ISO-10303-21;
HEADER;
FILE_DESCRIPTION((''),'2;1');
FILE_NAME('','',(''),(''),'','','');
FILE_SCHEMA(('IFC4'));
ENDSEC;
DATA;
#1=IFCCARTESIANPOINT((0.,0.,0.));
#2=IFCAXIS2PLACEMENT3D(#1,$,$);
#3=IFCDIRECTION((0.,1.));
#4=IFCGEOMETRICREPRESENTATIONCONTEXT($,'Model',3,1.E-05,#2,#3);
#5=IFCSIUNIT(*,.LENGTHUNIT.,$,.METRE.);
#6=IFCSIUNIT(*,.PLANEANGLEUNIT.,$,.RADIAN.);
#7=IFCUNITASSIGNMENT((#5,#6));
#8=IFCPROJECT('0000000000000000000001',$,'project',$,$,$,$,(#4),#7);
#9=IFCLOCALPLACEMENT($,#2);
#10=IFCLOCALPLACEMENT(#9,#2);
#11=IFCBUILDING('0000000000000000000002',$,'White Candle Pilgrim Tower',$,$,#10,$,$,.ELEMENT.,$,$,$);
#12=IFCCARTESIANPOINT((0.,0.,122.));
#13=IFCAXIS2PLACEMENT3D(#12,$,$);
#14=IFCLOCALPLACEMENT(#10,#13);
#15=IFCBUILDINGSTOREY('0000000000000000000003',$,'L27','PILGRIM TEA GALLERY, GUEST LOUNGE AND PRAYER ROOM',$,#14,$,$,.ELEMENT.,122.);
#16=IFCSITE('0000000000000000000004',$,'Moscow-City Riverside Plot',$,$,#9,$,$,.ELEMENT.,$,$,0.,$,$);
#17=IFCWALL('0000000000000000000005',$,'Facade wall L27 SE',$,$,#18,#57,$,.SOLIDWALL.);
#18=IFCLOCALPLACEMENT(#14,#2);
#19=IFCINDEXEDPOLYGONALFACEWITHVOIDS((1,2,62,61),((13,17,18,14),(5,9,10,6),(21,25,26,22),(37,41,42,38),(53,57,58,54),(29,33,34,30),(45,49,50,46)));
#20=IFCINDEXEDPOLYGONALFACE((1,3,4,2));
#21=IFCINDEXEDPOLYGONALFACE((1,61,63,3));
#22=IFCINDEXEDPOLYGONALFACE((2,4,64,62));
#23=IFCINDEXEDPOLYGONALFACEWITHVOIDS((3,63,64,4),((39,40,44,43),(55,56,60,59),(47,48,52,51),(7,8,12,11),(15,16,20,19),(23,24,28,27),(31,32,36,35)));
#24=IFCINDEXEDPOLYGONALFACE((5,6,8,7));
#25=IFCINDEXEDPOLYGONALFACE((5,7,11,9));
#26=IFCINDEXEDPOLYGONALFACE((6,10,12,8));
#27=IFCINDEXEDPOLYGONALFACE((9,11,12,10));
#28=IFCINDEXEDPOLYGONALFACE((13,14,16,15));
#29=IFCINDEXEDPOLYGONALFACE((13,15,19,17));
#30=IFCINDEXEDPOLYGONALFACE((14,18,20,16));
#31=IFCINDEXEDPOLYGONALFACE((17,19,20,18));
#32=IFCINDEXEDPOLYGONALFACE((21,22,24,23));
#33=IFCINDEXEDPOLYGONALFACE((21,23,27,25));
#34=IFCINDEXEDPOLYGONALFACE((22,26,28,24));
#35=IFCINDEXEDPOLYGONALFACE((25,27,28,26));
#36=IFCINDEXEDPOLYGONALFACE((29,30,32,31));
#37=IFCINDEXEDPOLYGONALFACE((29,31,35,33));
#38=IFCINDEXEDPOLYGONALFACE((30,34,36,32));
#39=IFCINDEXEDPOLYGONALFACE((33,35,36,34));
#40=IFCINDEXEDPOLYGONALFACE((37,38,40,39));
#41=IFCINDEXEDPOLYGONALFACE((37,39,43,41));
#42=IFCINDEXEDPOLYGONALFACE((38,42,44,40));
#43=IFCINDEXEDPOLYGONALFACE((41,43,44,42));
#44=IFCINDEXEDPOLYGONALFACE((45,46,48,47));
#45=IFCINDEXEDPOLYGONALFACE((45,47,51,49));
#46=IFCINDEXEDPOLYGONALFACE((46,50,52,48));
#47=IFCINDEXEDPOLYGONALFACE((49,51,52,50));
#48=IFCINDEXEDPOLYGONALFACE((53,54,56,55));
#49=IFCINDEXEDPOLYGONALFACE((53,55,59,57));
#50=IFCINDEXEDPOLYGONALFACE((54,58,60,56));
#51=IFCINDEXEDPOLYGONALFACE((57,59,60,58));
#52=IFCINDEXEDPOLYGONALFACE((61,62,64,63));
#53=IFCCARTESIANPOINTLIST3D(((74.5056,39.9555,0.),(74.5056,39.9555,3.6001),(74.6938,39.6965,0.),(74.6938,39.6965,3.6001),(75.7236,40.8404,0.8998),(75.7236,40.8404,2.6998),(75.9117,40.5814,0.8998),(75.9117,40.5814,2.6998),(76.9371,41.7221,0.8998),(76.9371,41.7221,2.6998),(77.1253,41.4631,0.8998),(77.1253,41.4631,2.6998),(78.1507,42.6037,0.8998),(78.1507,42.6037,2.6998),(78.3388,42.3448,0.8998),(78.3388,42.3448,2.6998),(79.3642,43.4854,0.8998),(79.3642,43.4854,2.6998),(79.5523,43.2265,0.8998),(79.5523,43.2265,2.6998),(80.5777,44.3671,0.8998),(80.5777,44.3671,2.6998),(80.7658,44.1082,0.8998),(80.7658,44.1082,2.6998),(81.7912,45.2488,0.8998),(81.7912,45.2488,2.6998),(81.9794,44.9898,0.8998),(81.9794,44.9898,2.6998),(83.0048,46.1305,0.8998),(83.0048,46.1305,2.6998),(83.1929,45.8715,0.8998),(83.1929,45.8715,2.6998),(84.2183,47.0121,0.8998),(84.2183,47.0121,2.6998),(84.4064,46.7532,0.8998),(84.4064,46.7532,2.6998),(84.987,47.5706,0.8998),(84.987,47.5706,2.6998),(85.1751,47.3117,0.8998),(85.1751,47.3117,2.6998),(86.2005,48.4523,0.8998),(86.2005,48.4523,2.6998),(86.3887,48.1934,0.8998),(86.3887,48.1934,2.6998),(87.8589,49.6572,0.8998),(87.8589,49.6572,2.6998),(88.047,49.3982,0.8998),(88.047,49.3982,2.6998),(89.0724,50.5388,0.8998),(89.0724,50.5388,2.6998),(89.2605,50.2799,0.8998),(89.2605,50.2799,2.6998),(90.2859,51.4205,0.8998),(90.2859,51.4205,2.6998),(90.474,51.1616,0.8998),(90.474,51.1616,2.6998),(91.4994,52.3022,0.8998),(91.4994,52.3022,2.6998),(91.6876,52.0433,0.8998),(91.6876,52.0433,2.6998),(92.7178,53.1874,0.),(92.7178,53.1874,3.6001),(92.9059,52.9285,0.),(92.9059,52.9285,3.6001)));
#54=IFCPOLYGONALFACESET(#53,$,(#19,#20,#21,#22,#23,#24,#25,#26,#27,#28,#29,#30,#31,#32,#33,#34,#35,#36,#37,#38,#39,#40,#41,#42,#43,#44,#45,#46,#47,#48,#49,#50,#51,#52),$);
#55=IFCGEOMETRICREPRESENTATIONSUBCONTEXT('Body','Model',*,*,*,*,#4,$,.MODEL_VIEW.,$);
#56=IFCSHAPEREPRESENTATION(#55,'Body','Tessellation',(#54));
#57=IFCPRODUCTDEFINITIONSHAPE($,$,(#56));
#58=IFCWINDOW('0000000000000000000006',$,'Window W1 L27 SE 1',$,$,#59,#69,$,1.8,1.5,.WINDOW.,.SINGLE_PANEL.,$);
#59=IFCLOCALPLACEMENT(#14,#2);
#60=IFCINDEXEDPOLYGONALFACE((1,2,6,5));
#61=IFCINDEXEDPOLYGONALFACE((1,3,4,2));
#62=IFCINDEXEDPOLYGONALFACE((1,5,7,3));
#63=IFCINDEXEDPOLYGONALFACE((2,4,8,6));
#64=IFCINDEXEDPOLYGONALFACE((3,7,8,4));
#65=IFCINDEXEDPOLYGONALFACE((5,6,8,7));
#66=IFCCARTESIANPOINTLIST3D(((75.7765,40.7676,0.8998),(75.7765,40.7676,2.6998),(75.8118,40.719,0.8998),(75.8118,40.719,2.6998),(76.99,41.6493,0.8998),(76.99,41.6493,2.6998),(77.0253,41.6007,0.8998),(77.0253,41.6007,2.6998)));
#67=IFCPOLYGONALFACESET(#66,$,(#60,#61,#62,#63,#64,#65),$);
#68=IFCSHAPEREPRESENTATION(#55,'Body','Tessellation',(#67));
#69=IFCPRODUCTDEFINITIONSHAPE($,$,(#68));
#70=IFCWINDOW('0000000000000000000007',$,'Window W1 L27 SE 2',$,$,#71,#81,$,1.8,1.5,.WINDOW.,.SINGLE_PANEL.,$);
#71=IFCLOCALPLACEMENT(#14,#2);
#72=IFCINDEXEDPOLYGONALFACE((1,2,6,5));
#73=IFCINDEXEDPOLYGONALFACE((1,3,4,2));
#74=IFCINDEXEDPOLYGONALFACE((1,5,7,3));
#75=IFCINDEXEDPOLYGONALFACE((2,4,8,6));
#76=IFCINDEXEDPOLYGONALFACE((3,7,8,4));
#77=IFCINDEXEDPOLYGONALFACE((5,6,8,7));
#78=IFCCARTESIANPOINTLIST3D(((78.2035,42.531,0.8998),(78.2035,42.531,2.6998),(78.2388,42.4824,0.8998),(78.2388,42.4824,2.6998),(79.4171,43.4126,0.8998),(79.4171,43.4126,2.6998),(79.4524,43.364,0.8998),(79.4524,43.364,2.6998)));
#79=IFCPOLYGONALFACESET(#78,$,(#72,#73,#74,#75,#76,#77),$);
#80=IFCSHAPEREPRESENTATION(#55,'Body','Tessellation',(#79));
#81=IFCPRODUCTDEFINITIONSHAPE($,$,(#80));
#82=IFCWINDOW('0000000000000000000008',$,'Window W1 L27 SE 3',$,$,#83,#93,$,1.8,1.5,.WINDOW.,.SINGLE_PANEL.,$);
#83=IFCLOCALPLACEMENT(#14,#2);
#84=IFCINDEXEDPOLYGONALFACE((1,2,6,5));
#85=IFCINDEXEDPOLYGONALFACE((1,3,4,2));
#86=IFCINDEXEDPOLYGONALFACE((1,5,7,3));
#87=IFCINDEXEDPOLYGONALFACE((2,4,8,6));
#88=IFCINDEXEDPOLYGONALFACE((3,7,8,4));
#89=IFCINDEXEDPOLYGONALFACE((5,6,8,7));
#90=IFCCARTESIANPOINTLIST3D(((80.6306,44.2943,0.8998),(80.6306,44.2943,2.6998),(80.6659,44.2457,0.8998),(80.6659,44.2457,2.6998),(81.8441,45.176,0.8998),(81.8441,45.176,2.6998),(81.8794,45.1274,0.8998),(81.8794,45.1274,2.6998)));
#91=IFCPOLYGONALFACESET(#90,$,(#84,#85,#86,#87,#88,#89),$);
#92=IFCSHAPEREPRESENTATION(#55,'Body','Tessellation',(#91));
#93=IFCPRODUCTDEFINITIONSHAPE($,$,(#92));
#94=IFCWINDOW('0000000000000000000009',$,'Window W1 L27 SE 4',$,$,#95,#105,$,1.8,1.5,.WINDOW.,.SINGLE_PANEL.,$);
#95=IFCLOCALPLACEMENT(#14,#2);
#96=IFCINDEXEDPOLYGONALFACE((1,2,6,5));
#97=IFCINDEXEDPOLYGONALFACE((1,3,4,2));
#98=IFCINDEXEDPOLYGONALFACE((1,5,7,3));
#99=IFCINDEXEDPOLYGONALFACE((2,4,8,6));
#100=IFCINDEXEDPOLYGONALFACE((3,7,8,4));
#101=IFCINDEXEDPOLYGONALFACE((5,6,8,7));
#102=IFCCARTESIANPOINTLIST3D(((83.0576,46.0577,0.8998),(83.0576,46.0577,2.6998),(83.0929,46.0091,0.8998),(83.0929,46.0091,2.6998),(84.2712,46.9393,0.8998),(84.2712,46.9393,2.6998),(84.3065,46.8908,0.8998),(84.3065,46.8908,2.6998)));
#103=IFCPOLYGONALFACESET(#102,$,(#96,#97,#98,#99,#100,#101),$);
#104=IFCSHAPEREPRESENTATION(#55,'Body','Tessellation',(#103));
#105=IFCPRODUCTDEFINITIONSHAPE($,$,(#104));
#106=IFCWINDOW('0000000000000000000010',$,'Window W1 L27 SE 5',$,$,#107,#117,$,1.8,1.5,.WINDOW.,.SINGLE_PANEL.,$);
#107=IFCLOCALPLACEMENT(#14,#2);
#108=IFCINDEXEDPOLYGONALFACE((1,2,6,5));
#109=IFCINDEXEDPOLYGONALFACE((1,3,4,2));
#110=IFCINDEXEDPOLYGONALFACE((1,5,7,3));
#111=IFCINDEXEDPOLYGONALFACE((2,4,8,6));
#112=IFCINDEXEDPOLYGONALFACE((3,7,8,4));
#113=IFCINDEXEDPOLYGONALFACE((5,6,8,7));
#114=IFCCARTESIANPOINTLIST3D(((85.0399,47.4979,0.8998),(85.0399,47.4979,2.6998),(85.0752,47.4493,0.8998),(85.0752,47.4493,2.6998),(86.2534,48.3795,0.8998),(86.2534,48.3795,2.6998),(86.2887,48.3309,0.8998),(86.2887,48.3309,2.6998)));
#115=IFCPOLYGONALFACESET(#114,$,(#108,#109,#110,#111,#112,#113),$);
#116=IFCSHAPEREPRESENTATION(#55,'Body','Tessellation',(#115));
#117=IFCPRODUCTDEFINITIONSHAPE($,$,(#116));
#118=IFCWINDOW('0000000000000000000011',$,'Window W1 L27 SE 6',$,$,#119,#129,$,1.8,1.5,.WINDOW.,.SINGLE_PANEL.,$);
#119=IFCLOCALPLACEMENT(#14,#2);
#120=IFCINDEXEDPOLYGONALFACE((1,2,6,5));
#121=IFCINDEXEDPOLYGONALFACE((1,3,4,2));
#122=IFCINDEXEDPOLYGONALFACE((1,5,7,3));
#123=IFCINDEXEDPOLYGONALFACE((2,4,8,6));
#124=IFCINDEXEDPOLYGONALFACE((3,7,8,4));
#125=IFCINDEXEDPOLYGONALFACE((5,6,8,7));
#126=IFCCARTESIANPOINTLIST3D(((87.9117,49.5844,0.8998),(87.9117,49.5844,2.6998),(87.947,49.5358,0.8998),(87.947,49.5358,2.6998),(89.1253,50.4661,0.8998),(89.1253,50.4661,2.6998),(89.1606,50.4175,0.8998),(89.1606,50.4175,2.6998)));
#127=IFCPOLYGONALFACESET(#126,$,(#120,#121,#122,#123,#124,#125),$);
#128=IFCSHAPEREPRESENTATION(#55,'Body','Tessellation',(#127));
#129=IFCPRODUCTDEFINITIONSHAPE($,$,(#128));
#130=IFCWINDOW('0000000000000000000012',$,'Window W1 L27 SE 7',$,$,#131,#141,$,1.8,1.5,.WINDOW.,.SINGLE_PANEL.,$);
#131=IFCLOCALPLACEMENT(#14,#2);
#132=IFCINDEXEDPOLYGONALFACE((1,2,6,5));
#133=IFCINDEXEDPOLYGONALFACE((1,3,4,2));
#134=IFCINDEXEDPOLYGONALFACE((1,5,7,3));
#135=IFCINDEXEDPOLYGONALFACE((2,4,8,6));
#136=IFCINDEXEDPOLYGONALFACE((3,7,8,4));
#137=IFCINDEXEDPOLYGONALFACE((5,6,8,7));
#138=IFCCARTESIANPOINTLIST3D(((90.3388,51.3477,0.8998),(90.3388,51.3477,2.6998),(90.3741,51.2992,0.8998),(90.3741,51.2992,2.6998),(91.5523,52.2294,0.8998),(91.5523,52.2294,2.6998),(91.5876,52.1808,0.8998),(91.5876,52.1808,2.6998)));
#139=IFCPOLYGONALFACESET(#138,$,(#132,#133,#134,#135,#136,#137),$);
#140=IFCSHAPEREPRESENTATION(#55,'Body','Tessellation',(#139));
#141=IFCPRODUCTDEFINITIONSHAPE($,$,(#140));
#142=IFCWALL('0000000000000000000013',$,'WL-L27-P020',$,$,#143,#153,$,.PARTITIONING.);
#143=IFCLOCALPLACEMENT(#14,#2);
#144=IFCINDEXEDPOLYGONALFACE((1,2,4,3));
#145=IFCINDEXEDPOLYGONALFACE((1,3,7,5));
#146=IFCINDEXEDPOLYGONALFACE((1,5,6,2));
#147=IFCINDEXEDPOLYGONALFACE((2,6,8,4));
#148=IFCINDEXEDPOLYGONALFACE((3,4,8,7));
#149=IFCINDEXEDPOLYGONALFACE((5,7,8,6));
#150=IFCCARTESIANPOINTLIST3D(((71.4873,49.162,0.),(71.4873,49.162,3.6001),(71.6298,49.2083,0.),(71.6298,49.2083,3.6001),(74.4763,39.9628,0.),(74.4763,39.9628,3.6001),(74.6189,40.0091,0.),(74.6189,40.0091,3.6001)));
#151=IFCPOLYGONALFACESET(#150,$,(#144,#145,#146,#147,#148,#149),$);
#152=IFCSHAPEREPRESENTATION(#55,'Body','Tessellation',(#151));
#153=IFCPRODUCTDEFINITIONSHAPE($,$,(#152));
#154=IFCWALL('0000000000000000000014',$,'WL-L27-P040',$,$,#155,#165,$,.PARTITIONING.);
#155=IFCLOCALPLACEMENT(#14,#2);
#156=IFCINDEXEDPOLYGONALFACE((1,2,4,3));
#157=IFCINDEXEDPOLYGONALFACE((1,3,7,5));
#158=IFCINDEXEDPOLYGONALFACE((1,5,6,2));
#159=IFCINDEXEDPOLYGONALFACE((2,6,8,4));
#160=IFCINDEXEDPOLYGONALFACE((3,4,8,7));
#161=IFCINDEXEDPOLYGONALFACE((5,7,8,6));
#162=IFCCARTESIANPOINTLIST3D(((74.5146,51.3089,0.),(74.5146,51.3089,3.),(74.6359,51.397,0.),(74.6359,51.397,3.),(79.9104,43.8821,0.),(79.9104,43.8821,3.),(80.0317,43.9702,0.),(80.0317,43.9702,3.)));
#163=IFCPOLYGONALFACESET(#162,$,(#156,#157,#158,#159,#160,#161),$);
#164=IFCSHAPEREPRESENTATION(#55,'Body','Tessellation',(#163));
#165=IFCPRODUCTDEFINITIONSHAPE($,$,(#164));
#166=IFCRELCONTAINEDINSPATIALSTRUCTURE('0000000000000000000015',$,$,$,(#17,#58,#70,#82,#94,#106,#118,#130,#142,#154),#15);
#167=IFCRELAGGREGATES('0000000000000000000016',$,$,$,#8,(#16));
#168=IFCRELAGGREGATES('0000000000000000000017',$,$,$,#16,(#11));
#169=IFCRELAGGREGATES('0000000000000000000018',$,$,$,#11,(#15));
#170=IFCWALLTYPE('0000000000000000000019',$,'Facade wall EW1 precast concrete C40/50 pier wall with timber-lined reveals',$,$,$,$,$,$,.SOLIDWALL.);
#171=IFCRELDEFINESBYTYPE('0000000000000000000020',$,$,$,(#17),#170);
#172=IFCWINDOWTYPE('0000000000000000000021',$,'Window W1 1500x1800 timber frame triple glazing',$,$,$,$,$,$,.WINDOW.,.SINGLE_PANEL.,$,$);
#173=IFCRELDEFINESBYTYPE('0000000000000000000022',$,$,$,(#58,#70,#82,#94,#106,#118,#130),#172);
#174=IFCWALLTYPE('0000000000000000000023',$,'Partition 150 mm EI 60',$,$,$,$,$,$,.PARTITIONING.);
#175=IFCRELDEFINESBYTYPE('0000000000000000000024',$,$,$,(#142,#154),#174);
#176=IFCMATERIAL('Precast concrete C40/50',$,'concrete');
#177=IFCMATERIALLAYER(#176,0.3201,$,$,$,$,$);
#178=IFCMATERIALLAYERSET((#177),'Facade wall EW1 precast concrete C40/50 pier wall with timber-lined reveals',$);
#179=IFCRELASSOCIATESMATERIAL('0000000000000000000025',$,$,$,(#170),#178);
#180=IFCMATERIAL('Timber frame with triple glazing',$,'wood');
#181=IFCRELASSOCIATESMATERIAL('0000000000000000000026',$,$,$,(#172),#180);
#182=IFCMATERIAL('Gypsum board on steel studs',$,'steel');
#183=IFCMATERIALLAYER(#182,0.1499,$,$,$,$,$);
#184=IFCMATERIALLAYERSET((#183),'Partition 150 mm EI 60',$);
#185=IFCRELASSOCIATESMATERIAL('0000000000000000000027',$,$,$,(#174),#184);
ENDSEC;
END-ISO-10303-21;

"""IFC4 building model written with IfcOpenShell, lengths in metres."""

from ifc_helpers import new_model, si_unit, direction, frame, frame_2d, origin, place, context, subcontext, project, spatial, rectangle, extrude, material, layer, layer_set, type_object, element, fill, save


model = new_model("IFC4")

# Units and contexts
model_context = context("Model", 3, precision=1e-05, world=origin(), true_north=direction((0.0, 1.0)))
body_context = subcontext(model_context, "Body", "Model", "MODEL_VIEW")
ifc_project = project(units=[si_unit("LENGTHUNIT", "METRE"), si_unit("PLANEANGLEUNIT", "RADIAN")], contexts=[model_context])

# Site, building, storey
site_placement = place(None, origin())
site = spatial("IfcSite", under=ifc_project, at=site_placement, Name="Moscow-City Riverside Plot", CompositionType="ELEMENT", RefElevation=0.0)
building_placement = place(site_placement, origin())
building = spatial("IfcBuilding", under=site, at=building_placement, Name="White Candle Pilgrim Tower", CompositionType="ELEMENT")
storey_placement = place(building_placement, frame((0.0, 0.0, 122.0)))
storey = spatial("IfcBuildingStorey", under=building, at=storey_placement, Name="L27", Description="PILGRIM TEA GALLERY, GUEST LOUNGE AND PRAYER ROOM", CompositionType="ELEMENT", Elevation=122.0)

# Shared definitions
ifc_material_1 = material(Name="Gypsum board on steel studs", Category="steel")

# Wall, openings, windows
ifc_material_2 = material(Name="Precast concrete C40/50", Category="concrete")
ifc_layer_1 = layer(ifc_material_2, 0.3201)
ifc_layer_set_1 = layer_set([ifc_layer_1], Name="Facade wall EW1 precast concrete C40/50 pier wall with timber-lined reveals")
wall_type_1 = type_object("IfcWallType", Name="Facade wall EW1 precast concrete C40/50 pier wall with timber-lined reveals", PredefinedType="SOLIDWALL", material=ifc_layer_set_1)
wall_1_placement = place(storey_placement, frame((74.5996, 39.8259, 0.0), z_axis=(0.0, 0.0, 1.0), x_axis=(0.809016, 0.587786, 0.0)))
wall_1 = element("IfcWall", 1, at=wall_1_placement, inside=storey, type_object=wall_type_1, Name="Facade wall L27 SE", PredefinedType="SOLIDWALL", context=body_context, shape_type="SweptSolid", body=[
    extrude(rectangle(XDim=22.5115, YDim=0.3201, at=frame_2d((11.2559, 0.0))), origin(), (0.0, 0.0, 1.0), 3.6001),
])
opening_1_placement = place(wall_1_placement, frame((1.5056, 0.0, 0.8999)))
opening_1 = element("IfcOpeningElement", 2, at=opening_1_placement, cuts=wall_1, PredefinedType="OPENING", context=body_context, shape_type="SweptSolid", body=[
    extrude(rectangle(XDim=1.5, YDim=1.8, at=frame_2d((0.75, 0.8999))), frame((0.0, 0.1699, 0.0), z_axis=(0.0, -1.0, 0.0), x_axis=(1.0, 0.0, 0.0)), (0.0, 0.0, 1.0), 0.3401),
])
opening_2_placement = place(wall_1_placement, frame((4.5056, 0.0, 0.8999)))
opening_2 = element("IfcOpeningElement", 3, at=opening_2_placement, cuts=wall_1, PredefinedType="OPENING", context=body_context, shape_type="SweptSolid", body=[
    extrude(rectangle(XDim=1.5, YDim=1.8, at=frame_2d((0.75, 0.8999))), frame((0.0, 0.1699, 0.0), z_axis=(0.0, -1.0, 0.0), x_axis=(1.0, 0.0, 0.0)), (0.0, 0.0, 1.0), 0.3401),
])
opening_3_placement = place(wall_1_placement, frame((7.5056, 0.0, 0.8999)))
opening_3 = element("IfcOpeningElement", 4, at=opening_3_placement, cuts=wall_1, PredefinedType="OPENING", context=body_context, shape_type="SweptSolid", body=[
    extrude(rectangle(XDim=1.5, YDim=1.8, at=frame_2d((0.75, 0.8999))), frame((0.0, 0.1699, 0.0), z_axis=(0.0, -1.0, 0.0), x_axis=(1.0, 0.0, 0.0)), (0.0, 0.0, 1.0), 0.3401),
])
opening_4_placement = place(wall_1_placement, frame((10.5056, 0.0, 0.8999)))
opening_4 = element("IfcOpeningElement", 5, at=opening_4_placement, cuts=wall_1, PredefinedType="OPENING", context=body_context, shape_type="SweptSolid", body=[
    extrude(rectangle(XDim=1.5, YDim=1.8, at=frame_2d((0.75, 0.8999))), frame((0.0, 0.1699, 0.0), z_axis=(0.0, -1.0, 0.0), x_axis=(1.0, 0.0, 0.0)), (0.0, 0.0, 1.0), 0.3401),
])
opening_5_placement = place(wall_1_placement, frame((12.9558, 0.0, 0.8999)))
opening_5 = element("IfcOpeningElement", 6, at=opening_5_placement, cuts=wall_1, PredefinedType="OPENING", context=body_context, shape_type="SweptSolid", body=[
    extrude(rectangle(XDim=1.5, YDim=1.8, at=frame_2d((0.75, 0.8999))), frame((0.0, 0.1699, 0.0), z_axis=(0.0, -1.0, 0.0), x_axis=(1.0, 0.0, 0.0)), (0.0, 0.0, 1.0), 0.3401),
])
opening_6_placement = place(wall_1_placement, frame((16.5056, 0.0, 0.8999)))
opening_6 = element("IfcOpeningElement", 7, at=opening_6_placement, cuts=wall_1, PredefinedType="OPENING", context=body_context, shape_type="SweptSolid", body=[
    extrude(rectangle(XDim=1.5, YDim=1.8, at=frame_2d((0.75, 0.8999))), frame((0.0, 0.1699, 0.0), z_axis=(0.0, -1.0, 0.0), x_axis=(1.0, 0.0, 0.0)), (0.0, 0.0, 1.0), 0.3401),
])
opening_7_placement = place(wall_1_placement, frame((19.5056, 0.0, 0.8999)))
opening_7 = element("IfcOpeningElement", 8, at=opening_7_placement, cuts=wall_1, PredefinedType="OPENING", context=body_context, shape_type="SweptSolid", body=[
    extrude(rectangle(XDim=1.5, YDim=1.8, at=frame_2d((0.75, 0.8999))), frame((0.0, 0.1699, 0.0), z_axis=(0.0, -1.0, 0.0), x_axis=(1.0, 0.0, 0.0)), (0.0, 0.0, 1.0), 0.3401),
])
ifc_material_3 = material(Name="Timber frame with triple glazing", Category="wood")
window_type = type_object("IfcWindowType", Name="Window W1 1500x1800 timber frame triple glazing", PartitioningType="SINGLE_PANEL", PredefinedType="WINDOW", material=ifc_material_3)
window_1_placement = place(opening_1_placement, origin())
window_1 = element("IfcWindow", 9, at=window_1_placement, inside=storey, type_object=window_type, Name="Window W1 L27 SE 1", OverallHeight=1.8, OverallWidth=1.5, PartitioningType="SINGLE_PANEL", PredefinedType="WINDOW", context=body_context, shape_type="SweptSolid", body=[
    extrude(rectangle(XDim=1.5, YDim=1.8, at=frame_2d((0.75, 0.8999))), frame((0.0, 0.0701, 0.0), z_axis=(0.0, -1.0, 0.0), x_axis=(1.0, 0.0, 0.0)), (0.0, 0.0, 1.0), 0.0601),
])
fill(opening_1, window_1)
window_2_placement = place(opening_2_placement, origin())
window_2 = element("IfcWindow", 10, at=window_2_placement, inside=storey, type_object=window_type, Name="Window W1 L27 SE 2", OverallHeight=1.8, OverallWidth=1.5, PartitioningType="SINGLE_PANEL", PredefinedType="WINDOW", context=body_context, shape_type="SweptSolid", body=[
    extrude(rectangle(XDim=1.5, YDim=1.8, at=frame_2d((0.75, 0.8999))), frame((0.0, 0.0701, 0.0), z_axis=(0.0, -1.0, 0.0), x_axis=(1.0, 0.0, 0.0)), (0.0, 0.0, 1.0), 0.0601),
])
fill(opening_2, window_2)
window_3_placement = place(opening_3_placement, origin())
window_3 = element("IfcWindow", 11, at=window_3_placement, inside=storey, type_object=window_type, Name="Window W1 L27 SE 3", OverallHeight=1.8, OverallWidth=1.5, PartitioningType="SINGLE_PANEL", PredefinedType="WINDOW", context=body_context, shape_type="SweptSolid", body=[
    extrude(rectangle(XDim=1.5, YDim=1.8, at=frame_2d((0.75, 0.8999))), frame((0.0, 0.0701, 0.0), z_axis=(0.0, -1.0, 0.0), x_axis=(1.0, 0.0, 0.0)), (0.0, 0.0, 1.0), 0.0601),
])
fill(opening_3, window_3)
window_4_placement = place(opening_4_placement, origin())
window_4 = element("IfcWindow", 12, at=window_4_placement, inside=storey, type_object=window_type, Name="Window W1 L27 SE 4", OverallHeight=1.8, OverallWidth=1.5, PartitioningType="SINGLE_PANEL", PredefinedType="WINDOW", context=body_context, shape_type="SweptSolid", body=[
    extrude(rectangle(XDim=1.5, YDim=1.8, at=frame_2d((0.75, 0.8999))), frame((0.0, 0.0701, 0.0), z_axis=(0.0, -1.0, 0.0), x_axis=(1.0, 0.0, 0.0)), (0.0, 0.0, 1.0), 0.0601),
])
fill(opening_4, window_4)
window_5_placement = place(opening_5_placement, origin())
window_5 = element("IfcWindow", 13, at=window_5_placement, inside=storey, type_object=window_type, Name="Window W1 L27 SE 5", OverallHeight=1.8, OverallWidth=1.5, PartitioningType="SINGLE_PANEL", PredefinedType="WINDOW", context=body_context, shape_type="SweptSolid", body=[
    extrude(rectangle(XDim=1.5, YDim=1.8, at=frame_2d((0.75, 0.8999))), frame((0.0, 0.0701, 0.0), z_axis=(0.0, -1.0, 0.0), x_axis=(1.0, 0.0, 0.0)), (0.0, 0.0, 1.0), 0.0601),
])
fill(opening_5, window_5)
window_6_placement = place(opening_6_placement, origin())
window_6 = element("IfcWindow", 14, at=window_6_placement, inside=storey, type_object=window_type, Name="Window W1 L27 SE 6", OverallHeight=1.8, OverallWidth=1.5, PartitioningType="SINGLE_PANEL", PredefinedType="WINDOW", context=body_context, shape_type="SweptSolid", body=[
    extrude(rectangle(XDim=1.5, YDim=1.8, at=frame_2d((0.75, 0.8999))), frame((0.0, 0.0701, 0.0), z_axis=(0.0, -1.0, 0.0), x_axis=(1.0, 0.0, 0.0)), (0.0, 0.0, 1.0), 0.0601),
])
fill(opening_6, window_6)
window_7_placement = place(opening_7_placement, origin())
window_7 = element("IfcWindow", 15, at=window_7_placement, inside=storey, type_object=window_type, Name="Window W1 L27 SE 7", OverallHeight=1.8, OverallWidth=1.5, PartitioningType="SINGLE_PANEL", PredefinedType="WINDOW", context=body_context, shape_type="SweptSolid", body=[
    extrude(rectangle(XDim=1.5, YDim=1.8, at=frame_2d((0.75, 0.8999))), frame((0.0, 0.0701, 0.0), z_axis=(0.0, -1.0, 0.0), x_axis=(1.0, 0.0, 0.0)), (0.0, 0.0, 1.0), 0.0601),
])
fill(opening_7, window_7)

# Walls
ifc_layer_2 = layer(ifc_material_1, 0.1499)
ifc_layer_set_2 = layer_set([ifc_layer_2], Name="Partition 150 mm EI 60")
wall_type_2 = type_object("IfcWallType", Name="Partition 150 mm EI 60", PredefinedType="PARTITIONING", material=ifc_layer_set_2)
wall_2_placement = place(storey_placement, frame((74.5476, 39.9858, 0.0), z_axis=(0.0, 0.0, 1.0), x_axis=(-0.309018, 0.951056, 0.0)))
element("IfcWall", 16, at=wall_2_placement, inside=storey, type_object=wall_type_2, Name="WL-L27-P020", PredefinedType="PARTITIONING", context=body_context, shape_type="SweptSolid", body=[
    extrude(rectangle(XDim=9.6726, YDim=0.1499, at=frame_2d((4.8364, 0.0))), origin(), (0.0, 0.0, 1.0), 3.6001),
])
wall_3_placement = place(storey_placement, frame((79.9709, 43.9263, 0.0), z_axis=(0.0, 0.0, 1.0), x_axis=(-0.587778, 0.809022, 0.0)))
element("IfcWall", 17, at=wall_3_placement, inside=storey, type_object=wall_type_2, Name="WL-L27-P040", PredefinedType="PARTITIONING", context=body_context, shape_type="SweptSolid", body=[
    extrude(rectangle(XDim=9.1799, YDim=0.1499, at=frame_2d((4.5898, 0.0))), origin(), (0.0, 0.0, 1.0), 3.0),
])

save(model, "model.ifc")
